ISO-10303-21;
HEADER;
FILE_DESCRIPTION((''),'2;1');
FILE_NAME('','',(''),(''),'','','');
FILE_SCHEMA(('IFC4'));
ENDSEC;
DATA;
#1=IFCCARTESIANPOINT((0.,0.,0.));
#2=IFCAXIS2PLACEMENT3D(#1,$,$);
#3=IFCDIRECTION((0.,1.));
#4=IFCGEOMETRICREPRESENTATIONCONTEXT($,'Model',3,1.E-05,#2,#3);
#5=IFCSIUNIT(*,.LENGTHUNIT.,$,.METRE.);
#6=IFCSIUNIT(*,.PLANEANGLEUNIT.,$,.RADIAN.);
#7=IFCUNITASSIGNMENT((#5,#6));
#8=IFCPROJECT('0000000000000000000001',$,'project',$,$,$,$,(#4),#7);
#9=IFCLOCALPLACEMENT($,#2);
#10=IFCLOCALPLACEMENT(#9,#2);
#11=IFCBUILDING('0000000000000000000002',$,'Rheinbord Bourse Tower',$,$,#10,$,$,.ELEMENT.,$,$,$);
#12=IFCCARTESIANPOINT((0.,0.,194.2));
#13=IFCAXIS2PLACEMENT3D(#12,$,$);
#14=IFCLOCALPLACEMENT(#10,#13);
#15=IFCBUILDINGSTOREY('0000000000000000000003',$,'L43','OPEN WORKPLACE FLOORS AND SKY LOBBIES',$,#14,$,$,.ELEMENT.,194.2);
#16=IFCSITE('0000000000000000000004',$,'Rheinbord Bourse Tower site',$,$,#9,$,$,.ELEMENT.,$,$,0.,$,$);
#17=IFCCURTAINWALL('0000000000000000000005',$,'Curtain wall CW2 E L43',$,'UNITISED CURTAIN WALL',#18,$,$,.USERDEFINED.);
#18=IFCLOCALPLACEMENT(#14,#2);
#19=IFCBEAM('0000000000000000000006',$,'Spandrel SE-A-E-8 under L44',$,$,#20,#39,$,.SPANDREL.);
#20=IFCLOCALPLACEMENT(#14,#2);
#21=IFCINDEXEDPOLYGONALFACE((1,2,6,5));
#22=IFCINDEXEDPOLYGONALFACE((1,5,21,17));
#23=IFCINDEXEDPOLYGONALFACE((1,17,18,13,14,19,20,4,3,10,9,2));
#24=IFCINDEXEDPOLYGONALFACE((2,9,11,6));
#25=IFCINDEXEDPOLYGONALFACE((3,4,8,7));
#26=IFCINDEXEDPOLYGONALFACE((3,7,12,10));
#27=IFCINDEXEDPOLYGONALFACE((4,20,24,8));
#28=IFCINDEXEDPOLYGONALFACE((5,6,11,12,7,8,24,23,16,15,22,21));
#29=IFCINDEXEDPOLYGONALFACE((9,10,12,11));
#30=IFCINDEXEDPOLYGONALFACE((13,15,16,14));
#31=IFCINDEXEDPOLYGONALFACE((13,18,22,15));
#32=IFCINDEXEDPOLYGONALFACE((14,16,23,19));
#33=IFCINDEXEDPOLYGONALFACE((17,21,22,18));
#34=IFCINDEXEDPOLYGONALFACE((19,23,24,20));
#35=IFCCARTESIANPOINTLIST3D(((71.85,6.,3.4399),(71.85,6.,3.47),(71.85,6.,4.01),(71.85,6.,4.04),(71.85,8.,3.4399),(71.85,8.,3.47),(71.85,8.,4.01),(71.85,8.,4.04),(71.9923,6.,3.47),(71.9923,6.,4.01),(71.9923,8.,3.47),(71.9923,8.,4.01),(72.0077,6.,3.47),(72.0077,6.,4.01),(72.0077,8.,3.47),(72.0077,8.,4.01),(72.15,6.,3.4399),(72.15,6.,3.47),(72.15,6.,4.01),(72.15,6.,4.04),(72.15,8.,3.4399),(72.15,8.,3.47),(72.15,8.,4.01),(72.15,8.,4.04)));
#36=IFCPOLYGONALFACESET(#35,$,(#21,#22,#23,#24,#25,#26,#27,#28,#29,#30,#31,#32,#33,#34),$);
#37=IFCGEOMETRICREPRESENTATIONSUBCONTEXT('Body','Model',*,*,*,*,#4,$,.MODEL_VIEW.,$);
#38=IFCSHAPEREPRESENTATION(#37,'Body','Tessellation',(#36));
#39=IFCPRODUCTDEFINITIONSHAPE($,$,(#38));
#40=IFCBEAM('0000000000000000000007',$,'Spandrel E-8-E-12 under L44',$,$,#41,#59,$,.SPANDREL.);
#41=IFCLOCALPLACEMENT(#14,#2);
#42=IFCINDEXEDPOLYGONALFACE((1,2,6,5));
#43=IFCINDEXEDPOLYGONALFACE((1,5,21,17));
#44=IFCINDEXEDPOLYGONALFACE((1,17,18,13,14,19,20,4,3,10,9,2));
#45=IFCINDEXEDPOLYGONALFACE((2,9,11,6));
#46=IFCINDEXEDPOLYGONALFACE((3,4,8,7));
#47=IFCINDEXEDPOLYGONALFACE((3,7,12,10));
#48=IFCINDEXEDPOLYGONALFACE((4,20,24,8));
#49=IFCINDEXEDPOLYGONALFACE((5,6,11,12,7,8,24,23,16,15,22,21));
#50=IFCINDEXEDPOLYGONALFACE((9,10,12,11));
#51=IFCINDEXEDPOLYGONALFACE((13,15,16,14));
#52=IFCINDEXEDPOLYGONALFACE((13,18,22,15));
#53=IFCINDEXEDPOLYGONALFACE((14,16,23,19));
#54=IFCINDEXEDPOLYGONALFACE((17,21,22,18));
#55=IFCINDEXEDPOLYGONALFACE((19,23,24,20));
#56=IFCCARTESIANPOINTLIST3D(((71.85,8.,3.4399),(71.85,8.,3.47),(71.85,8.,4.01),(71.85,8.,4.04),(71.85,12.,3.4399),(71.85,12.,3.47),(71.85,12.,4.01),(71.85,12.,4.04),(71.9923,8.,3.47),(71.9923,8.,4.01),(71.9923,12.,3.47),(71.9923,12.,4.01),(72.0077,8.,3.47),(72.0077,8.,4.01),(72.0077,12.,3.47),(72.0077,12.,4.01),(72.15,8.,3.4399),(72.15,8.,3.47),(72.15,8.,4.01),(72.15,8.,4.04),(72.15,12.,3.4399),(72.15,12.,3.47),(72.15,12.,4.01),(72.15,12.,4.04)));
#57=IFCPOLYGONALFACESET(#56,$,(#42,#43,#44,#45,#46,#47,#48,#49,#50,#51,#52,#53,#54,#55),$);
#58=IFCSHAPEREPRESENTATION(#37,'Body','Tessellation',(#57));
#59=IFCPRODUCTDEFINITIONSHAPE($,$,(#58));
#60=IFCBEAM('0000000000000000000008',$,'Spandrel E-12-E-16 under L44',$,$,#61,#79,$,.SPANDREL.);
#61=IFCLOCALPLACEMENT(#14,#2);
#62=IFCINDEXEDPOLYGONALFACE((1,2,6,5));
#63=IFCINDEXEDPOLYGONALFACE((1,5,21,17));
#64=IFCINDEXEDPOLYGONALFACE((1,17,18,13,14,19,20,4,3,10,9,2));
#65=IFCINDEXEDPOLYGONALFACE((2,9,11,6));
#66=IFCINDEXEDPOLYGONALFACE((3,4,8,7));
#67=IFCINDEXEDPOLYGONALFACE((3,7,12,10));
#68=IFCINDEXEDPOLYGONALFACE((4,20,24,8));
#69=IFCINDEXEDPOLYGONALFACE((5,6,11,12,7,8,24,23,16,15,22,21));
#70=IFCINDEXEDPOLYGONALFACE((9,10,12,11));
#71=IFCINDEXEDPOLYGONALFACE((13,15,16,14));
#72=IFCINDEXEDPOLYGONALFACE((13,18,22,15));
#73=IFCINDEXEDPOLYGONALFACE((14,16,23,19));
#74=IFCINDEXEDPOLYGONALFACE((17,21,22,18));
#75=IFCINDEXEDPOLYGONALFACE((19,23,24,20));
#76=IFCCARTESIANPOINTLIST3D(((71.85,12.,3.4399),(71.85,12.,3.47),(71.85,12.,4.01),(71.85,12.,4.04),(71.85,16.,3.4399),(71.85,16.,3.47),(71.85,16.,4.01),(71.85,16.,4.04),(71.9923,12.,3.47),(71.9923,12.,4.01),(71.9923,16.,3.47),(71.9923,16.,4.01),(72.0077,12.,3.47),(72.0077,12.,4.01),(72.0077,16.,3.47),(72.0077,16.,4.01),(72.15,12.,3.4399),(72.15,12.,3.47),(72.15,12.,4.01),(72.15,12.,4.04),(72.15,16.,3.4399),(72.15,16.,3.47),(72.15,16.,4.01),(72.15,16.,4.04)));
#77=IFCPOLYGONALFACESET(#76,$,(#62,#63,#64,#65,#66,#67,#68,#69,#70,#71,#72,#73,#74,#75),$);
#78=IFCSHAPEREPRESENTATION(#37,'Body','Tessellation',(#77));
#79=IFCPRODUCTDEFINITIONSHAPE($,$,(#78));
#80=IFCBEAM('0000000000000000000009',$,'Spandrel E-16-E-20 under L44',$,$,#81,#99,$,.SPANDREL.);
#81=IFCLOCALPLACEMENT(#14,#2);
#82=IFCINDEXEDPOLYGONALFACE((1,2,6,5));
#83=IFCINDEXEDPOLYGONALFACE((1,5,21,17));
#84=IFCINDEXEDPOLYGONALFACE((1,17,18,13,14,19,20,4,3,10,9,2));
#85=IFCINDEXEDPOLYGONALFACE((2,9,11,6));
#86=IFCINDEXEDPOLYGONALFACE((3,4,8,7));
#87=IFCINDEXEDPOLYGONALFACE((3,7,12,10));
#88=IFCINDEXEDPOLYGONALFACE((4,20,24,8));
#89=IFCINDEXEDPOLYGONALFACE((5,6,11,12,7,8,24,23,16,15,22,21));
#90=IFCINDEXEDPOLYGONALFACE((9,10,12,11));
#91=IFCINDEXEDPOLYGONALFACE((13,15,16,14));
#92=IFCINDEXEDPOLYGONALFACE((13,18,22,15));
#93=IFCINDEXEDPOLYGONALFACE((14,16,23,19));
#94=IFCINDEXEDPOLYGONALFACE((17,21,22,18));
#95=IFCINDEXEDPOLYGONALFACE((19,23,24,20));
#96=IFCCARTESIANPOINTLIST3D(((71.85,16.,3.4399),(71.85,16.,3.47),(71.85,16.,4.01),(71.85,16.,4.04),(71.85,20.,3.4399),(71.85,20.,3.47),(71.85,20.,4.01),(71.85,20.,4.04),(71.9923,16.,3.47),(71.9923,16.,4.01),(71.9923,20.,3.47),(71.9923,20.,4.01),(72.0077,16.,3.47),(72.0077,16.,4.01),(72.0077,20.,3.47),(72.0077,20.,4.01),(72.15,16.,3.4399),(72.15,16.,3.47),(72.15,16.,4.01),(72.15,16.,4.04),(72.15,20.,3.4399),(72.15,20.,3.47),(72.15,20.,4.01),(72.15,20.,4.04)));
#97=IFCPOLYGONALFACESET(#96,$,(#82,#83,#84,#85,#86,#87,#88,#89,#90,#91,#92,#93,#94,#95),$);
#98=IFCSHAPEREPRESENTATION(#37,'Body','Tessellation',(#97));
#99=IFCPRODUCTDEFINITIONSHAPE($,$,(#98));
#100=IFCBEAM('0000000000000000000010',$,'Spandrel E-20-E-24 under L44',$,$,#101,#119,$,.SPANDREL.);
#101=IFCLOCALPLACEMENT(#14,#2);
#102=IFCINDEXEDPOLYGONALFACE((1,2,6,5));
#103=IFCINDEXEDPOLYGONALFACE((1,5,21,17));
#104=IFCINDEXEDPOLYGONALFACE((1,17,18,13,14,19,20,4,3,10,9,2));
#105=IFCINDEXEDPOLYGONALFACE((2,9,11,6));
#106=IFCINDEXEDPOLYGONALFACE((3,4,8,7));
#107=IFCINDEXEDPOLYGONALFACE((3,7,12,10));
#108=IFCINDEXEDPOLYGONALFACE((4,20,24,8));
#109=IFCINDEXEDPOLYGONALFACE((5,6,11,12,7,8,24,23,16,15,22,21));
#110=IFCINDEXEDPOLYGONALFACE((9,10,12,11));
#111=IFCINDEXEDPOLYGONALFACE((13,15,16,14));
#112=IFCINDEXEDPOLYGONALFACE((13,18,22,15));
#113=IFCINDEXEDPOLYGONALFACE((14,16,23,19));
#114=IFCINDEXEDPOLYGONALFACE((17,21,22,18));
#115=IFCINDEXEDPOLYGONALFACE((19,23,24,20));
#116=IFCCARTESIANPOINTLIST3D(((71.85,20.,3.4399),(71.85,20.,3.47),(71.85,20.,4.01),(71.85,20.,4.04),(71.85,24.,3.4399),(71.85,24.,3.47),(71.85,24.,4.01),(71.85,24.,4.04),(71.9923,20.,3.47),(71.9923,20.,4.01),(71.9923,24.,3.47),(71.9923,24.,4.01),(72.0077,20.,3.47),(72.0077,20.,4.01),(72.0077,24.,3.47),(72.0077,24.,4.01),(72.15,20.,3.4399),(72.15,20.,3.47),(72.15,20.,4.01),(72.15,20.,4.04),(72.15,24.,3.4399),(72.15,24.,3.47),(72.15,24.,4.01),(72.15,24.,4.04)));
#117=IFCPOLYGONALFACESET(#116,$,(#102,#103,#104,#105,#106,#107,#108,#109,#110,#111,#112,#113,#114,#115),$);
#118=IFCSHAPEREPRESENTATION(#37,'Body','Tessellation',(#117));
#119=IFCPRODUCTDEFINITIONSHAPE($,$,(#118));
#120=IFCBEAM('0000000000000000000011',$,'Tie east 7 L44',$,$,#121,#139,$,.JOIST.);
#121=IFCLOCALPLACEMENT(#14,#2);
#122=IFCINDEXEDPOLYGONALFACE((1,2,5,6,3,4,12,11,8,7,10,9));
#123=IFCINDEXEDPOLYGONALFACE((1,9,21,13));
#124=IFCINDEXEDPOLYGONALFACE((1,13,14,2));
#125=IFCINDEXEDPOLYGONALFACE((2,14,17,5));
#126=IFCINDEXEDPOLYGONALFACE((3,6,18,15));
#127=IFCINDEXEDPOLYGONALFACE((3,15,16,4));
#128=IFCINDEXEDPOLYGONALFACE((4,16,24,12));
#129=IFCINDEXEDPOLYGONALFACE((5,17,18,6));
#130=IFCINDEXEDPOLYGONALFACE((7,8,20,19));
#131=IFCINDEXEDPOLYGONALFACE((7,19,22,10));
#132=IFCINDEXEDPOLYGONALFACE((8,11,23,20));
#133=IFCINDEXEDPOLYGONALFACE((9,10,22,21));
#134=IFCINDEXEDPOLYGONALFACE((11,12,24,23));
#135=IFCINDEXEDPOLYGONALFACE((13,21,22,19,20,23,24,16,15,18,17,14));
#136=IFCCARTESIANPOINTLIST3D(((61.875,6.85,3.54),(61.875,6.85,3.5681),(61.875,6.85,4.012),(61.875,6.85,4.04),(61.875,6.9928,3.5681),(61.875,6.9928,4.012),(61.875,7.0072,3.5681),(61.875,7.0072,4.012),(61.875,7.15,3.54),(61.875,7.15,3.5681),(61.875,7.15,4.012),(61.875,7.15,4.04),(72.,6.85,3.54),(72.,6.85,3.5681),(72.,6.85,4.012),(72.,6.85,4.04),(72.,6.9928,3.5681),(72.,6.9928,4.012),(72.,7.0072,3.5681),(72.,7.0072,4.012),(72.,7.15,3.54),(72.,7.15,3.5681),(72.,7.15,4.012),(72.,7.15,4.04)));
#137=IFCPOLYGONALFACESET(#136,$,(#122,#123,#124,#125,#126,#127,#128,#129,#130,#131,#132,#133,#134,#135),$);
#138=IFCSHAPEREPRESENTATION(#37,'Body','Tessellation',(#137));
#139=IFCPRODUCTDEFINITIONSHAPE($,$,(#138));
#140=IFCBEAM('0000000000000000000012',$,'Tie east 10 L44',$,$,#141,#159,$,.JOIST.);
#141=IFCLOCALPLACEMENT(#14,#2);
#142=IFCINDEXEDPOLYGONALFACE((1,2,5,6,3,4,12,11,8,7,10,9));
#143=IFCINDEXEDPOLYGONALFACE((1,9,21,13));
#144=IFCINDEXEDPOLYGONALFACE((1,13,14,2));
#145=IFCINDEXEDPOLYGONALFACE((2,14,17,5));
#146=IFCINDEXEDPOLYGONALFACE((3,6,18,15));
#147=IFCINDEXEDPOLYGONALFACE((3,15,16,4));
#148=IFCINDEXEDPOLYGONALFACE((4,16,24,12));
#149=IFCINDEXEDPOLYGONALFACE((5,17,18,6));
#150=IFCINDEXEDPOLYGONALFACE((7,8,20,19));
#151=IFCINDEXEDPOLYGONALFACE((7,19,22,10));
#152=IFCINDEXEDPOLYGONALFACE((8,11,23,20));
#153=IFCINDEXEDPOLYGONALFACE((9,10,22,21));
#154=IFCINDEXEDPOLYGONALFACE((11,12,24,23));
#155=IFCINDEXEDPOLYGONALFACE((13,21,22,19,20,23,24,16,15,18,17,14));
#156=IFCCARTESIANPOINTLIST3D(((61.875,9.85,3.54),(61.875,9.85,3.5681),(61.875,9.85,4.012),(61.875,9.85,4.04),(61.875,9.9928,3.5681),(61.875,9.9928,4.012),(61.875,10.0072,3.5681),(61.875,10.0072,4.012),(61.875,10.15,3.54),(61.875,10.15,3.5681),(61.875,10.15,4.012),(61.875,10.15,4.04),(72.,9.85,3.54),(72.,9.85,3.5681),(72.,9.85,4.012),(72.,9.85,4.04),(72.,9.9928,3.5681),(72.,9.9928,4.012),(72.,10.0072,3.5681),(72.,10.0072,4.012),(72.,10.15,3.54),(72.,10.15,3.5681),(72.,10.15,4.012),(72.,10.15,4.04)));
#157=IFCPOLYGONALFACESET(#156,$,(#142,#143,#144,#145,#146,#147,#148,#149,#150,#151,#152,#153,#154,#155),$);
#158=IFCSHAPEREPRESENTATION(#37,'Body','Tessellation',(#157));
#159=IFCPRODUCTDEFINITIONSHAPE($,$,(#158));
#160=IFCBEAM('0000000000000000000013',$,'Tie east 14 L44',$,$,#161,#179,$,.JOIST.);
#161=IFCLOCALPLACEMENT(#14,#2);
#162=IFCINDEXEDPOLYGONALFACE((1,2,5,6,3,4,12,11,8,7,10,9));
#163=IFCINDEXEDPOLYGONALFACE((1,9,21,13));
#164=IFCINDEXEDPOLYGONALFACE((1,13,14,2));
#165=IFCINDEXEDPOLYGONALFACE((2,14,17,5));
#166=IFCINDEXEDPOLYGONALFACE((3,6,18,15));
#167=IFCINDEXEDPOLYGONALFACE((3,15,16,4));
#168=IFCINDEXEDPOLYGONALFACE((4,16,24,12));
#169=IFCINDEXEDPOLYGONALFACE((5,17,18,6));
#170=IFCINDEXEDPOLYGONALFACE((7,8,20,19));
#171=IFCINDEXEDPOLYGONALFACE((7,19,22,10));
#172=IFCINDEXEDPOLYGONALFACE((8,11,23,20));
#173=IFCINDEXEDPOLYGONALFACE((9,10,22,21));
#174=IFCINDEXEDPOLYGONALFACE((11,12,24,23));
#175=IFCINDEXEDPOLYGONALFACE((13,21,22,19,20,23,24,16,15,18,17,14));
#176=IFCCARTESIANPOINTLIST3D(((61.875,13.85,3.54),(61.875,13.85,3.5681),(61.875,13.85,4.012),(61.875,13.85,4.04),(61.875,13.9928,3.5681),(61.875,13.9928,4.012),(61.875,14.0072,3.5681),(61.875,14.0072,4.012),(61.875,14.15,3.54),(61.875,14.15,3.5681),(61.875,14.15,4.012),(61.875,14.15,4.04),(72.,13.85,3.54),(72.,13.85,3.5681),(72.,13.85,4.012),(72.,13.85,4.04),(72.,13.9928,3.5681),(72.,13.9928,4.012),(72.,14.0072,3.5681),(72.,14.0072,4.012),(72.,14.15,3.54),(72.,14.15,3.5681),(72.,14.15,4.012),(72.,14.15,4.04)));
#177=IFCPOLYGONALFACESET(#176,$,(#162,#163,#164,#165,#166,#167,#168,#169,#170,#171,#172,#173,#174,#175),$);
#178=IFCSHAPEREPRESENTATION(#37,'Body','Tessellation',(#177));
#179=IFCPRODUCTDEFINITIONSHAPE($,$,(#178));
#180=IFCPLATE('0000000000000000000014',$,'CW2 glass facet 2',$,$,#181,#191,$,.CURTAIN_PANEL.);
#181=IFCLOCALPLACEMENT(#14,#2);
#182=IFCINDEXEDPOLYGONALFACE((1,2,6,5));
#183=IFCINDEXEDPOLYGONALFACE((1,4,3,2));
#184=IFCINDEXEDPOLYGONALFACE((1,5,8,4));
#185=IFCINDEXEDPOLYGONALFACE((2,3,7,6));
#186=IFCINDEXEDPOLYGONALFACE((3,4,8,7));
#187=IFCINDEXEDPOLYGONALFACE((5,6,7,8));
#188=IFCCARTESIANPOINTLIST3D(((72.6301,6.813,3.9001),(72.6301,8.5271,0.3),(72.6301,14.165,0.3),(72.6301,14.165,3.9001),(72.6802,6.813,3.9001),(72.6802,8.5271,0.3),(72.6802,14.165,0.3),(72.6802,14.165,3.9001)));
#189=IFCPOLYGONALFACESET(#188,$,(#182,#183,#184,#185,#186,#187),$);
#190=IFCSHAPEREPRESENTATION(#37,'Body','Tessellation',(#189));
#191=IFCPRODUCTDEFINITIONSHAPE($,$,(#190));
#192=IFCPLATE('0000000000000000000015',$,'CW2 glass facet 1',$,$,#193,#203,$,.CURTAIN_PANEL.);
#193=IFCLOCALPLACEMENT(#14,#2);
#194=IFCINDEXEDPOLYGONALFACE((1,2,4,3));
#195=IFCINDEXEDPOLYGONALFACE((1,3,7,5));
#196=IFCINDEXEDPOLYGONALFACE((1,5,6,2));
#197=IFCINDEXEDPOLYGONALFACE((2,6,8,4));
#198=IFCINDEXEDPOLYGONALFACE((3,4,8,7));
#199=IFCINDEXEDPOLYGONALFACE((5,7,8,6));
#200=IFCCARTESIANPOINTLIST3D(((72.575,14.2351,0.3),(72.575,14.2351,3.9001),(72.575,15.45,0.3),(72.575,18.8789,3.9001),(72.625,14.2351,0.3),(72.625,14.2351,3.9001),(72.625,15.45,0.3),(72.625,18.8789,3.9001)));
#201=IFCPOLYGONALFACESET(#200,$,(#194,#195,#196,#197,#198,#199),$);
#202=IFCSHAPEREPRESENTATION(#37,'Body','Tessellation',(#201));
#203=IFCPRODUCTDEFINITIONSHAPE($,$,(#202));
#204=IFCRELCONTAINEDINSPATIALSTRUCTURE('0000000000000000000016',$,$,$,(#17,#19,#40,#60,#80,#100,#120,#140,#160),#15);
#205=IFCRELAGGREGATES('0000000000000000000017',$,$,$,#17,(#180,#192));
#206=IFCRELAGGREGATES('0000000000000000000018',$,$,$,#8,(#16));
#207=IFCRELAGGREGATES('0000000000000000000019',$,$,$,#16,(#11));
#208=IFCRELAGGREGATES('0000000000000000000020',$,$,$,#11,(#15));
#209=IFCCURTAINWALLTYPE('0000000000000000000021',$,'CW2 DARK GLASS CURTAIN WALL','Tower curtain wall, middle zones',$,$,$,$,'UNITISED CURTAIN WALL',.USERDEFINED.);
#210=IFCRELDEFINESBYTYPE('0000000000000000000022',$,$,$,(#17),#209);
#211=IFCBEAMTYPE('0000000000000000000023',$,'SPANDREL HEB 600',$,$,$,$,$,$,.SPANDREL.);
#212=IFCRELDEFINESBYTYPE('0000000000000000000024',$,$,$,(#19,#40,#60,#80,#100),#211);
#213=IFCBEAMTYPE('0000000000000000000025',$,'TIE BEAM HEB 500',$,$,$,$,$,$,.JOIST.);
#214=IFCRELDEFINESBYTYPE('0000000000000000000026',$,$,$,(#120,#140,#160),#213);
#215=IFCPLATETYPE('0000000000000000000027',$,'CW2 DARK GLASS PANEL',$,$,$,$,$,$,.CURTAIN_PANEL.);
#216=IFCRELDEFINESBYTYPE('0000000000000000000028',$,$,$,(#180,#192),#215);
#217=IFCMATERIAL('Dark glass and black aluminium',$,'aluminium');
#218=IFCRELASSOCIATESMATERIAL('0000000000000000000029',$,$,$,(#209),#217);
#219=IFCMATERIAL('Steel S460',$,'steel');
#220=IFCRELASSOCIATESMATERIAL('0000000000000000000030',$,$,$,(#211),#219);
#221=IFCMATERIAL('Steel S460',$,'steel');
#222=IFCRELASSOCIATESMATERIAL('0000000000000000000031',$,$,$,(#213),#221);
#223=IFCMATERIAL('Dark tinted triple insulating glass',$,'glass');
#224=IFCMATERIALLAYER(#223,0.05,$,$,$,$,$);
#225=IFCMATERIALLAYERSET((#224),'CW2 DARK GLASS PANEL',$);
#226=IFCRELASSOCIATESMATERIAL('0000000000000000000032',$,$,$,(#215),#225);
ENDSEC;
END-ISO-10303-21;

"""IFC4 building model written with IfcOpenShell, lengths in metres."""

from ifc_helpers import new_model, si_unit, direction, frame, origin, origin_2d, place, context, subcontext, project, spatial, polyline, i_section, outline, extrude, material, layer, layer_set, material_profile, profile_set, type_object, element, aggregate, save


model = new_model("IFC4")

# Units and contexts
model_context = context("Model", 3, precision=1e-05, world=origin(), true_north=direction((0.0, 1.0)))
body_context = subcontext(model_context, "Body", "Model", "MODEL_VIEW")
ifc_project = project(units=[si_unit("LENGTHUNIT", "METRE"), si_unit("PLANEANGLEUNIT", "RADIAN")], contexts=[model_context])

# Site, building, storey
site_placement = place(None, origin())
site = spatial("IfcSite", under=ifc_project, at=site_placement, Name="Rheinbord Bourse Tower site", CompositionType="ELEMENT", RefElevation=0.0)
building_placement = place(site_placement, origin())
building = spatial("IfcBuilding", under=site, at=building_placement, Name="Rheinbord Bourse Tower", CompositionType="ELEMENT")
storey_placement = place(building_placement, frame((0.0, 0.0, 194.2)))
storey = spatial("IfcBuildingStorey", under=building, at=storey_placement, Name="L43", Description="OPEN WORKPLACE FLOORS AND SKY LOBBIES", CompositionType="ELEMENT", Elevation=194.2)

# Curtain wall
ifc_material_1 = material(Name="Dark glass and black aluminium", Category="aluminium")
curtain_wall_type = type_object("IfcCurtainWallType", Name="CW2 DARK GLASS CURTAIN WALL", Description="Tower curtain wall, middle zones", ElementType="UNITISED CURTAIN WALL", PredefinedType="USERDEFINED", material=ifc_material_1)
curtain_wall_placement = place(storey_placement, origin())
curtain_wall = element("IfcCurtainWall", 1, at=curtain_wall_placement, inside=storey, type_object=curtain_wall_type, Name="Curtain wall CW2 E L43", ObjectType="UNITISED CURTAIN WALL", PredefinedType="USERDEFINED")

# Beams
ifc_material_2 = material(Name="Steel S460", Category="steel")
ifc_material_profile_1 = material_profile(ifc_material_2, i_section(OverallWidth=0.3, OverallDepth=0.6001, WebThickness=0.0154, FlangeThickness=0.03, at=origin_2d()), Name="HEB 600")
ifc_profile_set_1 = profile_set([ifc_material_profile_1], Name="Steel S460")
beam_type_1 = type_object("IfcBeamType", Name="SPANDREL HEB 600", PredefinedType="SPANDREL", material=ifc_profile_set_1)
beam_1_placement = place(storey_placement, frame((72.0, 6.0, 3.74), z_axis=(0.0, 1.0, 0.0), x_axis=(-1.0, 0.0, 0.0)))
element("IfcBeam", 2, at=beam_1_placement, inside=storey, type_object=beam_type_1, Name="Spandrel SE-A-E-8 under L44", PredefinedType="SPANDREL", context=body_context, shape_type="SweptSolid", body=[
    extrude(i_section(OverallWidth=0.3, OverallDepth=0.6001, WebThickness=0.0154, FlangeThickness=0.03, at=origin_2d()), origin(), (0.0, 0.0, 1.0), 2.0),
])
for number, where, z_axis, x_axis, name in (
    (3, (72.0, 8.0, 3.74), (0.0, 1.0, 0.0), (-1.0, 0.0, 0.0), "Spandrel E-8-E-12 under L44"),
    (4, (72.0, 12.0, 3.74), (0.0, 1.0, 0.0), (-1.0, 0.0, 0.0), "Spandrel E-12-E-16 under L44"),
    (5, (72.0, 16.0, 3.74), (0.0, 1.0, 0.0), (-1.0, 0.0, 0.0), "Spandrel E-16-E-20 under L44"),
    (6, (72.0, 20.0, 3.74), (0.0, 1.0, 0.0), (-1.0, 0.0, 0.0), "Spandrel E-20-E-24 under L44"),
):
    element("IfcBeam", number, at=place(storey_placement, frame(where, z_axis=z_axis, x_axis=x_axis)), inside=storey, type_object=beam_type_1, Name=name, PredefinedType="SPANDREL", context=body_context, shape_type="SweptSolid", body=[
        extrude(i_section(OverallWidth=0.3, OverallDepth=0.6001, WebThickness=0.0154, FlangeThickness=0.03, at=origin_2d()), origin(), (0.0, 0.0, 1.0), 4.0),
    ])
ifc_material_3 = material(Name="Steel S460", Category="steel")
ifc_material_profile_2 = material_profile(ifc_material_3, i_section(OverallWidth=0.3, OverallDepth=0.5, WebThickness=0.0144, FlangeThickness=0.0281, at=origin_2d()), Name="HEB 500")
ifc_profile_set_2 = profile_set([ifc_material_profile_2], Name="Steel S460")
beam_type_2 = type_object("IfcBeamType", Name="TIE BEAM HEB 500", PredefinedType="JOIST", material=ifc_profile_set_2)
for number, where, z_axis, x_axis, name in (
    (7, (61.875, 7.0, 3.79), (1.0, 0.0, 0.0), (0.0, 1.0, 0.0), "Tie east 7 L44"),
    (8, (61.875, 10.0, 3.79), (1.0, 0.0, 0.0), (0.0, 1.0, 0.0), "Tie east 10 L44"),
    (9, (61.875, 14.0, 3.79), (1.0, 0.0, 0.0), (0.0, 1.0, 0.0), "Tie east 14 L44"),
):
    element("IfcBeam", number, at=place(storey_placement, frame(where, z_axis=z_axis, x_axis=x_axis)), inside=storey, type_object=beam_type_2, Name=name, PredefinedType="JOIST", context=body_context, shape_type="SweptSolid", body=[
        extrude(i_section(OverallWidth=0.3, OverallDepth=0.5, WebThickness=0.0144, FlangeThickness=0.0281, at=origin_2d()), origin(), (0.0, 0.0, 1.0), 10.125),
    ])

# Plates
ifc_material_4 = material(Name="Dark tinted triple insulating glass", Category="glass")
ifc_layer_1 = layer(ifc_material_4, 0.05)
ifc_layer_set_1 = layer_set([ifc_layer_1], Name="CW2 DARK GLASS PANEL")
plate_type = type_object("IfcPlateType", Name="CW2 DARK GLASS PANEL", PredefinedType="CURTAIN_PANEL", material=ifc_layer_set_1)
plate_1_placement = place(storey_placement, frame((72.6802, 14.165, 3.9001), z_axis=(-1.0, 0.0, 0.0), x_axis=(0.0, 0.0, -1.0)))
plate_1 = element("IfcPlate", 10, at=plate_1_placement, type_object=plate_type, Name="CW2 glass facet 2", PredefinedType="CURTAIN_PANEL", context=body_context, shape_type="SweptSolid", body=[
    extrude(outline(polyline([(0.0, 0.0), (3.6001, 0.0), (3.6001, 5.6379), (0.0, 7.3521), (0.0, 0.0)])), origin(), (0.0, 0.0, 1.0), 0.05),
])
plate_2_placement = place(storey_placement, frame((72.625, 14.2351, 0.3), z_axis=(-1.0, 0.0, 0.0), x_axis=(0.0, 0.0, 1.0)))
plate_2 = element("IfcPlate", 11, at=plate_2_placement, type_object=plate_type, Name="CW2 glass facet 1", PredefinedType="CURTAIN_PANEL", context=body_context, shape_type="SweptSolid", body=[
    extrude(outline(polyline([(0.0, 0.0), (3.6001, 0.0), (3.6001, 4.6438), (0.0, 1.2148), (0.0, 0.0)])), origin(), (0.0, 0.0, 1.0), 0.05),
])
aggregate(curtain_wall, [plate_1, plate_2])

save(model, "model.ifc")
